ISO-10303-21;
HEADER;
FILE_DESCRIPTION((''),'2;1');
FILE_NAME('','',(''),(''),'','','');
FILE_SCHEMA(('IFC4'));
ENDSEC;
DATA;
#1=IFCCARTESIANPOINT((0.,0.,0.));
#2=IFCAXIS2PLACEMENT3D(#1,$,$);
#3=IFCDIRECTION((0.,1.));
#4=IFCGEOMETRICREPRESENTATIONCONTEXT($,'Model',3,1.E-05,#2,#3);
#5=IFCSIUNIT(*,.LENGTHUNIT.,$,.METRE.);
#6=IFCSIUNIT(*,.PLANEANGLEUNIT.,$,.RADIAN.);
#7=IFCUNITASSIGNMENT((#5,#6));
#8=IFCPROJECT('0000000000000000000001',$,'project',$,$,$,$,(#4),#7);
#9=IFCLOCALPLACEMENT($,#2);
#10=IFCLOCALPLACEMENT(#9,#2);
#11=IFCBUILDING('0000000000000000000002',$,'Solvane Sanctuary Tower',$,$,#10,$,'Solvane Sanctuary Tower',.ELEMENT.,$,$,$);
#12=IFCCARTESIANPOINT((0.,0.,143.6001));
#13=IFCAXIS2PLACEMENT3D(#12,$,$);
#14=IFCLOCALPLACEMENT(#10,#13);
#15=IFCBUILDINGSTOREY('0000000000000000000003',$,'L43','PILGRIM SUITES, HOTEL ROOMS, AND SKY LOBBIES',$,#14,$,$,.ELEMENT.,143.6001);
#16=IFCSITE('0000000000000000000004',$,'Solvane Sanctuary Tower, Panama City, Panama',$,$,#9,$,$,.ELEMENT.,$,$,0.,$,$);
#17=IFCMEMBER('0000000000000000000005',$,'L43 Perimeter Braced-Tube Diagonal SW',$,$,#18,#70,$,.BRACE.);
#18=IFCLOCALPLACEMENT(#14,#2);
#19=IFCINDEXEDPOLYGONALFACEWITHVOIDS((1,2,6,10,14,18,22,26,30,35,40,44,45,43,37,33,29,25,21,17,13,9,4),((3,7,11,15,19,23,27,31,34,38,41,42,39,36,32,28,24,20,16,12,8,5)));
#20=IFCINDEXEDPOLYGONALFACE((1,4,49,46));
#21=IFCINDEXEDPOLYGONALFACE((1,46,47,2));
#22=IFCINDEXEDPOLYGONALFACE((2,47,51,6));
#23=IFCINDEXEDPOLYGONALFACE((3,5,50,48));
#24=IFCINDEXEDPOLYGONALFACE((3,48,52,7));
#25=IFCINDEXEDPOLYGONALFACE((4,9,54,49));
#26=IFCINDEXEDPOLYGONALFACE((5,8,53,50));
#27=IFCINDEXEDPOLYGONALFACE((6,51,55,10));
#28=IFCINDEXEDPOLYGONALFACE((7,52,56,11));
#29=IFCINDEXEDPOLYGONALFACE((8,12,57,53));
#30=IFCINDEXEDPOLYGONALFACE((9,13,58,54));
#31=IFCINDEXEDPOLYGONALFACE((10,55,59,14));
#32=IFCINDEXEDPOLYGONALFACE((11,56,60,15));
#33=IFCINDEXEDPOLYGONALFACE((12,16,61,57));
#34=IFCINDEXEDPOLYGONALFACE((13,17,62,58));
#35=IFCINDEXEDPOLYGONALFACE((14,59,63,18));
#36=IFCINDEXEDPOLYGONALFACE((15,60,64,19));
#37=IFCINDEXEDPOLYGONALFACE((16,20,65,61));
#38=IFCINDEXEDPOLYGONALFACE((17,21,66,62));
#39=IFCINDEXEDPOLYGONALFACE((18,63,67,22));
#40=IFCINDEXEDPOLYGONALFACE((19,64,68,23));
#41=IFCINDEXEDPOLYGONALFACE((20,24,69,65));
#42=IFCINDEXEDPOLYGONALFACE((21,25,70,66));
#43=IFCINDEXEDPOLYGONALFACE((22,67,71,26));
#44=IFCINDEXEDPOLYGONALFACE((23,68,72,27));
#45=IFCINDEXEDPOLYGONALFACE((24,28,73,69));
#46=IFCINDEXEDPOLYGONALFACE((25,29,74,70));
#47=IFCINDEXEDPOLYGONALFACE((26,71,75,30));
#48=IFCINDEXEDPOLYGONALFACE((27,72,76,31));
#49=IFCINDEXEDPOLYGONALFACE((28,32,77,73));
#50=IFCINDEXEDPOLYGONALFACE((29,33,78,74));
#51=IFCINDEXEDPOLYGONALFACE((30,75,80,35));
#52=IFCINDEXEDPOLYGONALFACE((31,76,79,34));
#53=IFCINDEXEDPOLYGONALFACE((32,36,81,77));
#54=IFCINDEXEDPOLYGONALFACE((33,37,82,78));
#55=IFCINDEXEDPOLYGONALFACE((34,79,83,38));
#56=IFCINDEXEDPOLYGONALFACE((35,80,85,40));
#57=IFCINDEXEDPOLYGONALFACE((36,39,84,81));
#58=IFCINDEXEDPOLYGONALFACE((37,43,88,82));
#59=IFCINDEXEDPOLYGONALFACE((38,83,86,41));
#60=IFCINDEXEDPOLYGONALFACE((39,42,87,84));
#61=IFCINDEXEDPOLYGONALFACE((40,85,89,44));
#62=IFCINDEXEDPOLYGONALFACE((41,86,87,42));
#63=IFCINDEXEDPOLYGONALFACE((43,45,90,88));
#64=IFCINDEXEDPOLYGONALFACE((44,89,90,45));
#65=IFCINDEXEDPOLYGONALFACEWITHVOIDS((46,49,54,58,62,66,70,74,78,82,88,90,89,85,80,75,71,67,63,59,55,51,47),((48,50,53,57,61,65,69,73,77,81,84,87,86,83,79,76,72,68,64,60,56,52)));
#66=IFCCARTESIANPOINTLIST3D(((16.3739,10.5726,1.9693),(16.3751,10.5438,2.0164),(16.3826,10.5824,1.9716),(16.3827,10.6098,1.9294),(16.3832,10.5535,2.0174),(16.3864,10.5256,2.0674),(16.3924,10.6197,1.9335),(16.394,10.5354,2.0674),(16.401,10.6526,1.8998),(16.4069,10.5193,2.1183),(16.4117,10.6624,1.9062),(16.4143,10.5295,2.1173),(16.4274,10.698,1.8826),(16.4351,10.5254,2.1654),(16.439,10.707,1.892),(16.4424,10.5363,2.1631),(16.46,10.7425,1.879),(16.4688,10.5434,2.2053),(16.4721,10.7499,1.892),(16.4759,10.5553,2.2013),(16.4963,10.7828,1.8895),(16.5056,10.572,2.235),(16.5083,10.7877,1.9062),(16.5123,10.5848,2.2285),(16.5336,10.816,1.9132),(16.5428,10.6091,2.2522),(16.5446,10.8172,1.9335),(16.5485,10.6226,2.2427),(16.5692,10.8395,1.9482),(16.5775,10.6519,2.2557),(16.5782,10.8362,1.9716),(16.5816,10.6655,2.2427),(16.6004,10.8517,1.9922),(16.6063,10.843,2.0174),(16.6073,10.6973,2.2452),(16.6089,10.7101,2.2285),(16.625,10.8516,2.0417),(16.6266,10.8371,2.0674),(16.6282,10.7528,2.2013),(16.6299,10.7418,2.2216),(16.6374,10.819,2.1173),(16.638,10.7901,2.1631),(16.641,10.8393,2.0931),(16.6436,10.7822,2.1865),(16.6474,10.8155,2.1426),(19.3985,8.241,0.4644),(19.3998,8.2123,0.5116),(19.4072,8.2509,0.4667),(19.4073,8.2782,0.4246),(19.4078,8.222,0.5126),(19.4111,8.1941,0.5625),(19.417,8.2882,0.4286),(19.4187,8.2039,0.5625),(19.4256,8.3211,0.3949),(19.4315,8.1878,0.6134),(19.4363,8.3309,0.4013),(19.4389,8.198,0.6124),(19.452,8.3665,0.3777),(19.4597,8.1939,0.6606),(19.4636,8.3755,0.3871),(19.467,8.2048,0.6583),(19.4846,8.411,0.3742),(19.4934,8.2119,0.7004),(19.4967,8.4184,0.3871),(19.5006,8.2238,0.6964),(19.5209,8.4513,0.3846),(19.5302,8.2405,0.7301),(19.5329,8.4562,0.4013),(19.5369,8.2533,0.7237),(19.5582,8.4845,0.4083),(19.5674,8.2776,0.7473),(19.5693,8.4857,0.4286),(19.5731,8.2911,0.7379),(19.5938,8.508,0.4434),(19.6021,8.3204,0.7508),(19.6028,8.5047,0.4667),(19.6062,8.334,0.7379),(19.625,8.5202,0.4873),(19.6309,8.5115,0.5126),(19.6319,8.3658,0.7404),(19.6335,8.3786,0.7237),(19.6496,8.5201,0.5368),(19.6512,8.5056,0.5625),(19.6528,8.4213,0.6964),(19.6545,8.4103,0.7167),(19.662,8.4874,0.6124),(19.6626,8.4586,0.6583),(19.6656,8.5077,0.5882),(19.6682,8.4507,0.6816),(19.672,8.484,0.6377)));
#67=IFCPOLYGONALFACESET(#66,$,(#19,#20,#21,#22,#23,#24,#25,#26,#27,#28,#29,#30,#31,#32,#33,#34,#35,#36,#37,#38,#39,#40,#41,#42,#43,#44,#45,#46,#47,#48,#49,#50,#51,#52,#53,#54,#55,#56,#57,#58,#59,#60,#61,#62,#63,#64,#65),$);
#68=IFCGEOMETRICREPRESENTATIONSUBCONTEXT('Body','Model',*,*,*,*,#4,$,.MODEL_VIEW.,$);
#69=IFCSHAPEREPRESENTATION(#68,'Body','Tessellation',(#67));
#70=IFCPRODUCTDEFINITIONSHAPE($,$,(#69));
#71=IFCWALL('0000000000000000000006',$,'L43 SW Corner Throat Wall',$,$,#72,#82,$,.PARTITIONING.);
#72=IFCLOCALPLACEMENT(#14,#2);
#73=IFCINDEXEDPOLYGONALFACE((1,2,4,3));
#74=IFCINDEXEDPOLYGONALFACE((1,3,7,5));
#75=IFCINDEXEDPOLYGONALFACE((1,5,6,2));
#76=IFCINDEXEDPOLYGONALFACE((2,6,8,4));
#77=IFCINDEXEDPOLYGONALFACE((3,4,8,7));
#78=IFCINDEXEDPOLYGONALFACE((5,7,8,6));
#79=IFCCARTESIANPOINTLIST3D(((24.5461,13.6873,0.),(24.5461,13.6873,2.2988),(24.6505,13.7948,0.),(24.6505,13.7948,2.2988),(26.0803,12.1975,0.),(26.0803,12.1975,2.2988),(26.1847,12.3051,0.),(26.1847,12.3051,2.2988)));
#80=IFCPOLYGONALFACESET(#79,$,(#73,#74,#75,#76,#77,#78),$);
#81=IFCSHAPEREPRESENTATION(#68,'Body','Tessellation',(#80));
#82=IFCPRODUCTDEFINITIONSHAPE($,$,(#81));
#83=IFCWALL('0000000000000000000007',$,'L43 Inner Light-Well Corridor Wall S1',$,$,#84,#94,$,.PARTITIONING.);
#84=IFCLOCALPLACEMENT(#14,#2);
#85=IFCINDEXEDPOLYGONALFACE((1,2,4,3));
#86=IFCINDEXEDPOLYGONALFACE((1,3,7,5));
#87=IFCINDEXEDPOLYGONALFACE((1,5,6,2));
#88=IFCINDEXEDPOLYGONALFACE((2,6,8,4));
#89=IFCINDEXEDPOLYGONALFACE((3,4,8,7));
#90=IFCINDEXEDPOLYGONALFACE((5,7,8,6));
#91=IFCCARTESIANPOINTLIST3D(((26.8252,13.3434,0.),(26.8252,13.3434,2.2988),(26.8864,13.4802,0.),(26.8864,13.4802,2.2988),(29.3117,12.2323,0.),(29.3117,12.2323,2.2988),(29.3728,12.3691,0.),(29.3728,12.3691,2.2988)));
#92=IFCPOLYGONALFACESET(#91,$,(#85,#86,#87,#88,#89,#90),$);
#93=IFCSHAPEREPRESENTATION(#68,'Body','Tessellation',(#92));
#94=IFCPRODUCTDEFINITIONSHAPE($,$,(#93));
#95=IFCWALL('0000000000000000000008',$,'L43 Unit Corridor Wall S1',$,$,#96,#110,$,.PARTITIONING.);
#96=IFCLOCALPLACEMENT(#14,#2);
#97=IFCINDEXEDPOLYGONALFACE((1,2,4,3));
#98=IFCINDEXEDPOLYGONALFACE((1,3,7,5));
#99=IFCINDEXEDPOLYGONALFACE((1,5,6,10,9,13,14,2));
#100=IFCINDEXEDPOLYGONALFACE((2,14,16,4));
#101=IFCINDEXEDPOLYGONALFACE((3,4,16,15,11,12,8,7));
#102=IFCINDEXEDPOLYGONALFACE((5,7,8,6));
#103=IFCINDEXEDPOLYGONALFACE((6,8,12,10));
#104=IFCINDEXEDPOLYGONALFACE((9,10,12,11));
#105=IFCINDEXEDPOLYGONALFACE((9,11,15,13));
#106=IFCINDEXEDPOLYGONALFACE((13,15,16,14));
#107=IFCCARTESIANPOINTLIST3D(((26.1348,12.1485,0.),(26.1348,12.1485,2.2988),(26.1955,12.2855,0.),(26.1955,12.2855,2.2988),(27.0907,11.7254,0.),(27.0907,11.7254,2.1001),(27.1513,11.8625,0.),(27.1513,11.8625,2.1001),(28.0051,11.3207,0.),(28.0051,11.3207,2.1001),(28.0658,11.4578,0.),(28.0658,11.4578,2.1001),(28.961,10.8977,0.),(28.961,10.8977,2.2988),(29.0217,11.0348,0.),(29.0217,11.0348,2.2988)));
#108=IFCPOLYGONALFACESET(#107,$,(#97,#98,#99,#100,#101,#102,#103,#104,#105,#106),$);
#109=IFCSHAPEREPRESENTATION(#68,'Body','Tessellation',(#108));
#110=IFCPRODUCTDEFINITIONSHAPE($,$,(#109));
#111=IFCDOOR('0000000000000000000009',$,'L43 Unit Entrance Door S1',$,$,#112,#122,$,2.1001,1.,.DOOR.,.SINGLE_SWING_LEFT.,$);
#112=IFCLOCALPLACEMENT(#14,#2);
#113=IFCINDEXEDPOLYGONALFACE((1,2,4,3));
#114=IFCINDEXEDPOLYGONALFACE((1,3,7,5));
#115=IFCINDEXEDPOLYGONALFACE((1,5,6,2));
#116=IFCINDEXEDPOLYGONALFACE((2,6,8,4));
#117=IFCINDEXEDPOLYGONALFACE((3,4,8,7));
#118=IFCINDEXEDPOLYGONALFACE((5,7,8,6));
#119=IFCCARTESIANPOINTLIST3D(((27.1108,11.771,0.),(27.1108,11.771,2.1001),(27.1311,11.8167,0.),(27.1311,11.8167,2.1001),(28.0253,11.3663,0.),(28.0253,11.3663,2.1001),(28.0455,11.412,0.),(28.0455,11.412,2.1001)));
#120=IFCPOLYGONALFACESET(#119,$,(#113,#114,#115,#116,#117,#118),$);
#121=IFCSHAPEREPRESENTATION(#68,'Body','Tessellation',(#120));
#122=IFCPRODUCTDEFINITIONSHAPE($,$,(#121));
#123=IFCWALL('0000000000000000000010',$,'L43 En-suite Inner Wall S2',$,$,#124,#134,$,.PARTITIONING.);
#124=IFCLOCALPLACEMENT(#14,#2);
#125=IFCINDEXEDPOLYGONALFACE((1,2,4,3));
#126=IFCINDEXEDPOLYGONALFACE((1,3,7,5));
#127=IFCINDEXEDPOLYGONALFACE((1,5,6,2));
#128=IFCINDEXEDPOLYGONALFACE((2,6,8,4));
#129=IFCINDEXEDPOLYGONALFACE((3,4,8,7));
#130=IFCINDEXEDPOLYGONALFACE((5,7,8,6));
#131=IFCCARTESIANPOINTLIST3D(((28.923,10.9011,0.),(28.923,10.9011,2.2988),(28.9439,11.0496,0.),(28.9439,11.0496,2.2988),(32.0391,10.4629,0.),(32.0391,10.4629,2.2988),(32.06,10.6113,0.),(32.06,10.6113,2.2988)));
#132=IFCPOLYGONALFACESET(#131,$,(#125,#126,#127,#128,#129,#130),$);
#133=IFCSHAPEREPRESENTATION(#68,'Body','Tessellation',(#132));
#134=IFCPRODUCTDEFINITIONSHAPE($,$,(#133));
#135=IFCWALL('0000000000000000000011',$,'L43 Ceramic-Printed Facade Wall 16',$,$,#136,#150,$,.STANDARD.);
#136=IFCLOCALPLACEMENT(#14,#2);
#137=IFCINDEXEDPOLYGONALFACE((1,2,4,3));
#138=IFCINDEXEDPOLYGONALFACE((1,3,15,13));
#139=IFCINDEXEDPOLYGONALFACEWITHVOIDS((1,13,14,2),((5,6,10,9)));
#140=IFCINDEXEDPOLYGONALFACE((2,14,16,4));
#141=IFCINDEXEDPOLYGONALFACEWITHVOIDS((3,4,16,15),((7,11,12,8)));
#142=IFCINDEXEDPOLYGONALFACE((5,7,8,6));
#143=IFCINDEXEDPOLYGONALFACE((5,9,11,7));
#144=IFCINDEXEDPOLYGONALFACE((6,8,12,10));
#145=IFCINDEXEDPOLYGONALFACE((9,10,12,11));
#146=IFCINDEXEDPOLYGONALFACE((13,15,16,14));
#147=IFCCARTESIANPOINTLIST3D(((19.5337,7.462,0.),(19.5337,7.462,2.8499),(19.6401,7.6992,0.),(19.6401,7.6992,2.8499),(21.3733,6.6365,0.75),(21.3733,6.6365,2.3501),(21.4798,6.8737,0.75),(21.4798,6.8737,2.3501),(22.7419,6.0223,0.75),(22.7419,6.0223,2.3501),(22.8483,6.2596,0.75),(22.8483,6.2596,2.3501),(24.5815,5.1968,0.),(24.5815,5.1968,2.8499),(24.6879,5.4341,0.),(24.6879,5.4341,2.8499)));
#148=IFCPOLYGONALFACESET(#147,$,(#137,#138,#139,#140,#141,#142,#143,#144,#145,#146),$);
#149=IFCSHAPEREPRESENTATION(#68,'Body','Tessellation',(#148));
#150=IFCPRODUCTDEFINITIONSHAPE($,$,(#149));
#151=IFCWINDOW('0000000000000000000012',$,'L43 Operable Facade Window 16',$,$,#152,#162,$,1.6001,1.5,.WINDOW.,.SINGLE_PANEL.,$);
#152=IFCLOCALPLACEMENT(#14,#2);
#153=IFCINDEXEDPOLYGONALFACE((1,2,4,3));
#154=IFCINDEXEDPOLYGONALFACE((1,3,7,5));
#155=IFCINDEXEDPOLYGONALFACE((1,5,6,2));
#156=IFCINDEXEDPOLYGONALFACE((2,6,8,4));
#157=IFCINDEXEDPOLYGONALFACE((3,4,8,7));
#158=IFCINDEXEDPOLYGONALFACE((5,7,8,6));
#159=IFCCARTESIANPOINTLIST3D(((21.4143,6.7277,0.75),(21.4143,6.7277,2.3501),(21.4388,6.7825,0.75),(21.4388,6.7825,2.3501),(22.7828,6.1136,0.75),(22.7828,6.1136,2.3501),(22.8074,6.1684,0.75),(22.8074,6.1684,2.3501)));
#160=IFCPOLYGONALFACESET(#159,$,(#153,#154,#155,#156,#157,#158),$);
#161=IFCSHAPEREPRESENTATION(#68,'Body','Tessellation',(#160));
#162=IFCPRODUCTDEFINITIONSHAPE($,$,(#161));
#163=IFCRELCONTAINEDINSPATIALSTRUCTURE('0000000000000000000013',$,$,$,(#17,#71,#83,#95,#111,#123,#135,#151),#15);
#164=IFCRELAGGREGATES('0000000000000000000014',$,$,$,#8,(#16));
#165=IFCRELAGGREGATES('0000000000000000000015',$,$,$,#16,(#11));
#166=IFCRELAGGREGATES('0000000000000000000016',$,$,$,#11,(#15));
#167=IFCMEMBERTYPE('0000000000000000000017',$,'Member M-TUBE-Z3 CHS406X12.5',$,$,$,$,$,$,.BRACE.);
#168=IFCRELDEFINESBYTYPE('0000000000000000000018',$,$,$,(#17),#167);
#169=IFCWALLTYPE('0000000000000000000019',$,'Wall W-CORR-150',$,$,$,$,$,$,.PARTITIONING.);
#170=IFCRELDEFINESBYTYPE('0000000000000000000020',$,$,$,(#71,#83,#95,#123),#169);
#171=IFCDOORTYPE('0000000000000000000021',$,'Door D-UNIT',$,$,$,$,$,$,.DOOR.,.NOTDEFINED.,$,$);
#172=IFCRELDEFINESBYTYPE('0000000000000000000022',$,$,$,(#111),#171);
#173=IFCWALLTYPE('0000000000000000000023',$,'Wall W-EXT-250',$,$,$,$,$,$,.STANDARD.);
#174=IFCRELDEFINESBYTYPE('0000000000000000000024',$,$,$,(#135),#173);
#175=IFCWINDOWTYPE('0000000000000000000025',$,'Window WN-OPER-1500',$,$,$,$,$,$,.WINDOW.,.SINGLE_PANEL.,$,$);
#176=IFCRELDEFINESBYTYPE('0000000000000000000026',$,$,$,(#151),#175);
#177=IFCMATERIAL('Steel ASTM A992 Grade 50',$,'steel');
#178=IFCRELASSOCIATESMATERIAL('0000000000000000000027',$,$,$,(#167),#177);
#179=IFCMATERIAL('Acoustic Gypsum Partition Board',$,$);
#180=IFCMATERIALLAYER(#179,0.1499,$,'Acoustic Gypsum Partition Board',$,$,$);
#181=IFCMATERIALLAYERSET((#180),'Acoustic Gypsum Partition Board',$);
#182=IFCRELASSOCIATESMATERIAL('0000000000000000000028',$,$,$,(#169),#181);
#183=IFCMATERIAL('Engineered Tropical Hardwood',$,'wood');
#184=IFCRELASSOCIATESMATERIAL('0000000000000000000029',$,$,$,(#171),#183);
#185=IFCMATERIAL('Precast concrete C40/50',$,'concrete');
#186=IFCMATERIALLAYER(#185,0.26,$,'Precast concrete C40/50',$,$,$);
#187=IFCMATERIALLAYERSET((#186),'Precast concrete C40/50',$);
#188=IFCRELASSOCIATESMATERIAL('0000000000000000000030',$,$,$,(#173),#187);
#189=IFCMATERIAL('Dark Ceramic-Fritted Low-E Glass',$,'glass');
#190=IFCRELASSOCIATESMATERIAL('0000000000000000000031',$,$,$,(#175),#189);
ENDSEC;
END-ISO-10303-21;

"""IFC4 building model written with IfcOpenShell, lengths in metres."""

from ifc_helpers import new_model, si_unit, direction, frame, frame_2d, origin, origin_2d, place, context, subcontext, project, spatial, rectangle, hollow_circle, extrude, material, layer, layer_set, material_profile, profile_set, type_object, element, fill, save


model = new_model("IFC4")

# Units and contexts
model_context = context("Model", 3, precision=1e-05, world=origin(), true_north=direction((0.0, 1.0)))
body_context = subcontext(model_context, "Body", "Model", "MODEL_VIEW")
ifc_project = project(units=[si_unit("LENGTHUNIT", "METRE"), si_unit("PLANEANGLEUNIT", "RADIAN")], contexts=[model_context])

# Site, building, storey
site_placement = place(None, origin())
site = spatial("IfcSite", under=ifc_project, at=site_placement, Name="Solvane Sanctuary Tower, Panama City, Panama", CompositionType="ELEMENT", RefElevation=0.0)
building_placement = place(site_placement, origin())
building = spatial("IfcBuilding", under=site, at=building_placement, Name="Solvane Sanctuary Tower", LongName="Solvane Sanctuary Tower", CompositionType="ELEMENT")
storey_placement = place(building_placement, frame((0.0, 0.0, 143.6001)))
storey = spatial("IfcBuildingStorey", under=building, at=storey_placement, Name="L43", Description="PILGRIM SUITES, HOTEL ROOMS, AND SKY LOBBIES", CompositionType="ELEMENT", Elevation=143.6001)

# Shared definitions
ifc_material_1 = material(Name="Steel ASTM A992 Grade 50", Category="steel")

# Member
ifc_material_profile_1 = material_profile(ifc_material_1, hollow_circle(Radius=0.2029, WallThickness=0.0125, at=origin_2d()), Name="CHS406X12.5")
ifc_profile_set_1 = profile_set([ifc_material_profile_1], Name="Steel ASTM A992 Grade 50")
member_type = type_object("IfcMemberType", Name="Member M-TUBE-Z3 CHS406X12.5", PredefinedType="BRACE", material=ifc_profile_set_1)
member_placement = place(storey_placement, frame((19.5349, 8.3547, 0.5625), z_axis=(-0.73686, 0.568005, 0.366616), x_axis=(-0.610514, -0.792006, 0.0)))
element("IfcMember", 1, at=member_placement, inside=storey, type_object=member_type, Name="L43 Perimeter Braced-Tube Diagonal SW", PredefinedType="BRACE", context=body_context, shape_type="SweptSolid", body=[
    extrude(hollow_circle(Radius=0.2029, WallThickness=0.0125, at=origin_2d()), origin(), (0.0, 0.0, 1.0), 4.1047),
])

# Walls
ifc_material_2 = material(Name="Acoustic Gypsum Partition Board")
ifc_layer_1 = layer(ifc_material_2, 0.1499, Name="Acoustic Gypsum Partition Board")
ifc_layer_set_1 = layer_set([ifc_layer_1], Name="Acoustic Gypsum Partition Board")
wall_type_1 = type_object("IfcWallType", Name="Wall W-CORR-150", PredefinedType="PARTITIONING", material=ifc_layer_set_1)
wall_1_placement = place(storey_placement, frame((26.1326, 12.2512, 0.0), z_axis=(0.0, 0.0, 1.0), x_axis=(-0.71742, 0.696641, 0.0)))
element("IfcWall", 2, at=wall_1_placement, inside=storey, type_object=wall_type_1, Name="L43 SW Corner Throat Wall", PredefinedType="PARTITIONING", context=body_context, shape_type="SweptSolid", body=[
    extrude(rectangle(XDim=2.1384, YDim=0.1499, at=frame_2d((1.0693, 0.0))), origin(), (0.0, 0.0, 1.0), 2.2988),
])
wall_2_placement = place(storey_placement, frame((26.8557, 13.4119, 0.0), z_axis=(0.0, 0.0, 1.0), x_axis=(0.912985, -0.407993, 0.0)))
element("IfcWall", 3, at=wall_2_placement, inside=storey, type_object=wall_type_1, Name="L43 Inner Light-Well Corridor Wall S1", PredefinedType="PARTITIONING", context=body_context, shape_type="SweptSolid", body=[
    extrude(rectangle(XDim=2.7234, YDim=0.1499, at=frame_2d((1.3618, 0.0))), origin(), (0.0, 0.0, 1.0), 2.2988),
])

# Wall, opening, door
wall_3_placement = place(storey_placement, frame((26.165, 12.217, 0.0), z_axis=(0.0, 0.0, 1.0), x_axis=(0.914452, -0.404694, 0.0)))
wall_3 = element("IfcWall", 4, at=wall_3_placement, inside=storey, type_object=wall_type_1, Name="L43 Unit Corridor Wall S1", PredefinedType="PARTITIONING", context=body_context, shape_type="SweptSolid", body=[
    extrude(rectangle(XDim=3.0906, YDim=0.1499, at=frame_2d((1.5454, 0.0))), origin(), (0.0, 0.0, 1.0), 2.2988),
])
opening_1_placement = place(wall_3_placement, frame((1.0454, 0.0, 0.0)))
opening_1 = element("IfcOpeningElement", 5, at=opening_1_placement, cuts=wall_3, PredefinedType="OPENING", context=body_context, shape_type="SweptSolid", body=[
    extrude(rectangle(XDim=1.0, YDim=2.1001, at=frame_2d((0.5, 1.05))), frame((0.0, 0.085, 0.0), z_axis=(0.0, -1.0, 0.0), x_axis=(1.0, 0.0, 0.0)), (0.0, 0.0, 1.0), 0.1699),
])
ifc_material_3 = material(Name="Engineered Tropical Hardwood", Category="wood")
door_type_1 = type_object("IfcDoorType", Name="Door D-UNIT", OperationType="NOTDEFINED", PredefinedType="DOOR", material=ifc_material_3)
door_1_placement = place(opening_1_placement, origin())
door_1 = element("IfcDoor", 6, at=door_1_placement, inside=storey, type_object=door_type_1, Name="L43 Unit Entrance Door S1", OperationType="SINGLE_SWING_LEFT", OverallHeight=2.1001, OverallWidth=1.0, PredefinedType="DOOR", context=body_context, shape_type="SweptSolid", body=[
    extrude(rectangle(XDim=1.0, YDim=2.1001, at=frame_2d((0.5, 1.05))), frame((0.0, 0.0249, 0.0), z_axis=(0.0, -1.0, 0.0), x_axis=(1.0, 0.0, 0.0)), (0.0, 0.0, 1.0), 0.05),
])
fill(opening_1, door_1)

# Wall
wall_4_placement = place(storey_placement, frame((28.9336, 10.9753, 0.0), z_axis=(0.0, 0.0, 1.0), x_axis=(0.990254, -0.13927, 0.0)))
element("IfcWall", 7, at=wall_4_placement, inside=storey, type_object=wall_type_1, Name="L43 En-suite Inner Wall S2", PredefinedType="PARTITIONING", context=body_context, shape_type="SweptSolid", body=[
    extrude(rectangle(XDim=3.1467, YDim=0.1499, at=frame_2d((1.5732, 0.0))), origin(), (0.0, 0.0, 1.0), 2.2988),
])

# Wall, opening, window
ifc_material_4 = material(Name="Precast concrete C40/50", Category="concrete")
ifc_layer_2 = layer(ifc_material_4, 0.26, Name="Precast concrete C40/50")
ifc_layer_set_2 = layer_set([ifc_layer_2], Name="Precast concrete C40/50")
wall_type_2 = type_object("IfcWallType", Name="Wall W-EXT-250", PredefinedType="STANDARD", material=ifc_layer_set_2)
wall_5_placement = place(storey_placement, frame((19.5869, 7.5806, 0.0), z_axis=(0.0, 0.0, 1.0), x_axis=(0.912354, -0.409403, 0.0)))
wall_5 = element("IfcWall", 8, at=wall_5_placement, inside=storey, type_object=wall_type_2, Name="L43 Ceramic-Printed Facade Wall 16", PredefinedType="STANDARD", context=body_context, shape_type="SweptSolid", body=[
    extrude(rectangle(XDim=5.5327, YDim=0.26, at=frame_2d((2.7664, 0.0))), origin(), (0.0, 0.0, 1.0), 2.8499),
])
opening_2_placement = place(wall_5_placement, frame((2.0164, 0.0, 0.75)))
opening_2 = element("IfcOpeningElement", 9, at=opening_2_placement, cuts=wall_5, PredefinedType="OPENING", context=body_context, shape_type="SweptSolid", body=[
    extrude(rectangle(XDim=1.5, YDim=1.6001, at=frame_2d((0.75, 0.8))), frame((0.0, 0.1399, 0.0), z_axis=(0.0, -1.0, 0.0), x_axis=(1.0, 0.0, 0.0)), (0.0, 0.0, 1.0), 0.28),
])
ifc_material_5 = material(Name="Dark Ceramic-Fritted Low-E Glass", Category="glass")
window_type_1 = type_object("IfcWindowType", Name="Window WN-OPER-1500", PartitioningType="SINGLE_PANEL", PredefinedType="WINDOW", material=ifc_material_5)
window_1_placement = place(opening_2_placement, origin())
window_1 = element("IfcWindow", 10, at=window_1_placement, inside=storey, type_object=window_type_1, Name="L43 Operable Facade Window 16", OverallHeight=1.6001, OverallWidth=1.5, PartitioningType="SINGLE_PANEL", PredefinedType="WINDOW", context=body_context, shape_type="SweptSolid", body=[
    extrude(rectangle(XDim=1.5, YDim=1.6001, at=frame_2d((0.75, 0.8))), frame((0.0, 0.03, 0.0), z_axis=(0.0, -1.0, 0.0), x_axis=(1.0, 0.0, 0.0)), (0.0, 0.0, 1.0), 0.0601),
])
fill(opening_2, window_1)

save(model, "model.ifc")
